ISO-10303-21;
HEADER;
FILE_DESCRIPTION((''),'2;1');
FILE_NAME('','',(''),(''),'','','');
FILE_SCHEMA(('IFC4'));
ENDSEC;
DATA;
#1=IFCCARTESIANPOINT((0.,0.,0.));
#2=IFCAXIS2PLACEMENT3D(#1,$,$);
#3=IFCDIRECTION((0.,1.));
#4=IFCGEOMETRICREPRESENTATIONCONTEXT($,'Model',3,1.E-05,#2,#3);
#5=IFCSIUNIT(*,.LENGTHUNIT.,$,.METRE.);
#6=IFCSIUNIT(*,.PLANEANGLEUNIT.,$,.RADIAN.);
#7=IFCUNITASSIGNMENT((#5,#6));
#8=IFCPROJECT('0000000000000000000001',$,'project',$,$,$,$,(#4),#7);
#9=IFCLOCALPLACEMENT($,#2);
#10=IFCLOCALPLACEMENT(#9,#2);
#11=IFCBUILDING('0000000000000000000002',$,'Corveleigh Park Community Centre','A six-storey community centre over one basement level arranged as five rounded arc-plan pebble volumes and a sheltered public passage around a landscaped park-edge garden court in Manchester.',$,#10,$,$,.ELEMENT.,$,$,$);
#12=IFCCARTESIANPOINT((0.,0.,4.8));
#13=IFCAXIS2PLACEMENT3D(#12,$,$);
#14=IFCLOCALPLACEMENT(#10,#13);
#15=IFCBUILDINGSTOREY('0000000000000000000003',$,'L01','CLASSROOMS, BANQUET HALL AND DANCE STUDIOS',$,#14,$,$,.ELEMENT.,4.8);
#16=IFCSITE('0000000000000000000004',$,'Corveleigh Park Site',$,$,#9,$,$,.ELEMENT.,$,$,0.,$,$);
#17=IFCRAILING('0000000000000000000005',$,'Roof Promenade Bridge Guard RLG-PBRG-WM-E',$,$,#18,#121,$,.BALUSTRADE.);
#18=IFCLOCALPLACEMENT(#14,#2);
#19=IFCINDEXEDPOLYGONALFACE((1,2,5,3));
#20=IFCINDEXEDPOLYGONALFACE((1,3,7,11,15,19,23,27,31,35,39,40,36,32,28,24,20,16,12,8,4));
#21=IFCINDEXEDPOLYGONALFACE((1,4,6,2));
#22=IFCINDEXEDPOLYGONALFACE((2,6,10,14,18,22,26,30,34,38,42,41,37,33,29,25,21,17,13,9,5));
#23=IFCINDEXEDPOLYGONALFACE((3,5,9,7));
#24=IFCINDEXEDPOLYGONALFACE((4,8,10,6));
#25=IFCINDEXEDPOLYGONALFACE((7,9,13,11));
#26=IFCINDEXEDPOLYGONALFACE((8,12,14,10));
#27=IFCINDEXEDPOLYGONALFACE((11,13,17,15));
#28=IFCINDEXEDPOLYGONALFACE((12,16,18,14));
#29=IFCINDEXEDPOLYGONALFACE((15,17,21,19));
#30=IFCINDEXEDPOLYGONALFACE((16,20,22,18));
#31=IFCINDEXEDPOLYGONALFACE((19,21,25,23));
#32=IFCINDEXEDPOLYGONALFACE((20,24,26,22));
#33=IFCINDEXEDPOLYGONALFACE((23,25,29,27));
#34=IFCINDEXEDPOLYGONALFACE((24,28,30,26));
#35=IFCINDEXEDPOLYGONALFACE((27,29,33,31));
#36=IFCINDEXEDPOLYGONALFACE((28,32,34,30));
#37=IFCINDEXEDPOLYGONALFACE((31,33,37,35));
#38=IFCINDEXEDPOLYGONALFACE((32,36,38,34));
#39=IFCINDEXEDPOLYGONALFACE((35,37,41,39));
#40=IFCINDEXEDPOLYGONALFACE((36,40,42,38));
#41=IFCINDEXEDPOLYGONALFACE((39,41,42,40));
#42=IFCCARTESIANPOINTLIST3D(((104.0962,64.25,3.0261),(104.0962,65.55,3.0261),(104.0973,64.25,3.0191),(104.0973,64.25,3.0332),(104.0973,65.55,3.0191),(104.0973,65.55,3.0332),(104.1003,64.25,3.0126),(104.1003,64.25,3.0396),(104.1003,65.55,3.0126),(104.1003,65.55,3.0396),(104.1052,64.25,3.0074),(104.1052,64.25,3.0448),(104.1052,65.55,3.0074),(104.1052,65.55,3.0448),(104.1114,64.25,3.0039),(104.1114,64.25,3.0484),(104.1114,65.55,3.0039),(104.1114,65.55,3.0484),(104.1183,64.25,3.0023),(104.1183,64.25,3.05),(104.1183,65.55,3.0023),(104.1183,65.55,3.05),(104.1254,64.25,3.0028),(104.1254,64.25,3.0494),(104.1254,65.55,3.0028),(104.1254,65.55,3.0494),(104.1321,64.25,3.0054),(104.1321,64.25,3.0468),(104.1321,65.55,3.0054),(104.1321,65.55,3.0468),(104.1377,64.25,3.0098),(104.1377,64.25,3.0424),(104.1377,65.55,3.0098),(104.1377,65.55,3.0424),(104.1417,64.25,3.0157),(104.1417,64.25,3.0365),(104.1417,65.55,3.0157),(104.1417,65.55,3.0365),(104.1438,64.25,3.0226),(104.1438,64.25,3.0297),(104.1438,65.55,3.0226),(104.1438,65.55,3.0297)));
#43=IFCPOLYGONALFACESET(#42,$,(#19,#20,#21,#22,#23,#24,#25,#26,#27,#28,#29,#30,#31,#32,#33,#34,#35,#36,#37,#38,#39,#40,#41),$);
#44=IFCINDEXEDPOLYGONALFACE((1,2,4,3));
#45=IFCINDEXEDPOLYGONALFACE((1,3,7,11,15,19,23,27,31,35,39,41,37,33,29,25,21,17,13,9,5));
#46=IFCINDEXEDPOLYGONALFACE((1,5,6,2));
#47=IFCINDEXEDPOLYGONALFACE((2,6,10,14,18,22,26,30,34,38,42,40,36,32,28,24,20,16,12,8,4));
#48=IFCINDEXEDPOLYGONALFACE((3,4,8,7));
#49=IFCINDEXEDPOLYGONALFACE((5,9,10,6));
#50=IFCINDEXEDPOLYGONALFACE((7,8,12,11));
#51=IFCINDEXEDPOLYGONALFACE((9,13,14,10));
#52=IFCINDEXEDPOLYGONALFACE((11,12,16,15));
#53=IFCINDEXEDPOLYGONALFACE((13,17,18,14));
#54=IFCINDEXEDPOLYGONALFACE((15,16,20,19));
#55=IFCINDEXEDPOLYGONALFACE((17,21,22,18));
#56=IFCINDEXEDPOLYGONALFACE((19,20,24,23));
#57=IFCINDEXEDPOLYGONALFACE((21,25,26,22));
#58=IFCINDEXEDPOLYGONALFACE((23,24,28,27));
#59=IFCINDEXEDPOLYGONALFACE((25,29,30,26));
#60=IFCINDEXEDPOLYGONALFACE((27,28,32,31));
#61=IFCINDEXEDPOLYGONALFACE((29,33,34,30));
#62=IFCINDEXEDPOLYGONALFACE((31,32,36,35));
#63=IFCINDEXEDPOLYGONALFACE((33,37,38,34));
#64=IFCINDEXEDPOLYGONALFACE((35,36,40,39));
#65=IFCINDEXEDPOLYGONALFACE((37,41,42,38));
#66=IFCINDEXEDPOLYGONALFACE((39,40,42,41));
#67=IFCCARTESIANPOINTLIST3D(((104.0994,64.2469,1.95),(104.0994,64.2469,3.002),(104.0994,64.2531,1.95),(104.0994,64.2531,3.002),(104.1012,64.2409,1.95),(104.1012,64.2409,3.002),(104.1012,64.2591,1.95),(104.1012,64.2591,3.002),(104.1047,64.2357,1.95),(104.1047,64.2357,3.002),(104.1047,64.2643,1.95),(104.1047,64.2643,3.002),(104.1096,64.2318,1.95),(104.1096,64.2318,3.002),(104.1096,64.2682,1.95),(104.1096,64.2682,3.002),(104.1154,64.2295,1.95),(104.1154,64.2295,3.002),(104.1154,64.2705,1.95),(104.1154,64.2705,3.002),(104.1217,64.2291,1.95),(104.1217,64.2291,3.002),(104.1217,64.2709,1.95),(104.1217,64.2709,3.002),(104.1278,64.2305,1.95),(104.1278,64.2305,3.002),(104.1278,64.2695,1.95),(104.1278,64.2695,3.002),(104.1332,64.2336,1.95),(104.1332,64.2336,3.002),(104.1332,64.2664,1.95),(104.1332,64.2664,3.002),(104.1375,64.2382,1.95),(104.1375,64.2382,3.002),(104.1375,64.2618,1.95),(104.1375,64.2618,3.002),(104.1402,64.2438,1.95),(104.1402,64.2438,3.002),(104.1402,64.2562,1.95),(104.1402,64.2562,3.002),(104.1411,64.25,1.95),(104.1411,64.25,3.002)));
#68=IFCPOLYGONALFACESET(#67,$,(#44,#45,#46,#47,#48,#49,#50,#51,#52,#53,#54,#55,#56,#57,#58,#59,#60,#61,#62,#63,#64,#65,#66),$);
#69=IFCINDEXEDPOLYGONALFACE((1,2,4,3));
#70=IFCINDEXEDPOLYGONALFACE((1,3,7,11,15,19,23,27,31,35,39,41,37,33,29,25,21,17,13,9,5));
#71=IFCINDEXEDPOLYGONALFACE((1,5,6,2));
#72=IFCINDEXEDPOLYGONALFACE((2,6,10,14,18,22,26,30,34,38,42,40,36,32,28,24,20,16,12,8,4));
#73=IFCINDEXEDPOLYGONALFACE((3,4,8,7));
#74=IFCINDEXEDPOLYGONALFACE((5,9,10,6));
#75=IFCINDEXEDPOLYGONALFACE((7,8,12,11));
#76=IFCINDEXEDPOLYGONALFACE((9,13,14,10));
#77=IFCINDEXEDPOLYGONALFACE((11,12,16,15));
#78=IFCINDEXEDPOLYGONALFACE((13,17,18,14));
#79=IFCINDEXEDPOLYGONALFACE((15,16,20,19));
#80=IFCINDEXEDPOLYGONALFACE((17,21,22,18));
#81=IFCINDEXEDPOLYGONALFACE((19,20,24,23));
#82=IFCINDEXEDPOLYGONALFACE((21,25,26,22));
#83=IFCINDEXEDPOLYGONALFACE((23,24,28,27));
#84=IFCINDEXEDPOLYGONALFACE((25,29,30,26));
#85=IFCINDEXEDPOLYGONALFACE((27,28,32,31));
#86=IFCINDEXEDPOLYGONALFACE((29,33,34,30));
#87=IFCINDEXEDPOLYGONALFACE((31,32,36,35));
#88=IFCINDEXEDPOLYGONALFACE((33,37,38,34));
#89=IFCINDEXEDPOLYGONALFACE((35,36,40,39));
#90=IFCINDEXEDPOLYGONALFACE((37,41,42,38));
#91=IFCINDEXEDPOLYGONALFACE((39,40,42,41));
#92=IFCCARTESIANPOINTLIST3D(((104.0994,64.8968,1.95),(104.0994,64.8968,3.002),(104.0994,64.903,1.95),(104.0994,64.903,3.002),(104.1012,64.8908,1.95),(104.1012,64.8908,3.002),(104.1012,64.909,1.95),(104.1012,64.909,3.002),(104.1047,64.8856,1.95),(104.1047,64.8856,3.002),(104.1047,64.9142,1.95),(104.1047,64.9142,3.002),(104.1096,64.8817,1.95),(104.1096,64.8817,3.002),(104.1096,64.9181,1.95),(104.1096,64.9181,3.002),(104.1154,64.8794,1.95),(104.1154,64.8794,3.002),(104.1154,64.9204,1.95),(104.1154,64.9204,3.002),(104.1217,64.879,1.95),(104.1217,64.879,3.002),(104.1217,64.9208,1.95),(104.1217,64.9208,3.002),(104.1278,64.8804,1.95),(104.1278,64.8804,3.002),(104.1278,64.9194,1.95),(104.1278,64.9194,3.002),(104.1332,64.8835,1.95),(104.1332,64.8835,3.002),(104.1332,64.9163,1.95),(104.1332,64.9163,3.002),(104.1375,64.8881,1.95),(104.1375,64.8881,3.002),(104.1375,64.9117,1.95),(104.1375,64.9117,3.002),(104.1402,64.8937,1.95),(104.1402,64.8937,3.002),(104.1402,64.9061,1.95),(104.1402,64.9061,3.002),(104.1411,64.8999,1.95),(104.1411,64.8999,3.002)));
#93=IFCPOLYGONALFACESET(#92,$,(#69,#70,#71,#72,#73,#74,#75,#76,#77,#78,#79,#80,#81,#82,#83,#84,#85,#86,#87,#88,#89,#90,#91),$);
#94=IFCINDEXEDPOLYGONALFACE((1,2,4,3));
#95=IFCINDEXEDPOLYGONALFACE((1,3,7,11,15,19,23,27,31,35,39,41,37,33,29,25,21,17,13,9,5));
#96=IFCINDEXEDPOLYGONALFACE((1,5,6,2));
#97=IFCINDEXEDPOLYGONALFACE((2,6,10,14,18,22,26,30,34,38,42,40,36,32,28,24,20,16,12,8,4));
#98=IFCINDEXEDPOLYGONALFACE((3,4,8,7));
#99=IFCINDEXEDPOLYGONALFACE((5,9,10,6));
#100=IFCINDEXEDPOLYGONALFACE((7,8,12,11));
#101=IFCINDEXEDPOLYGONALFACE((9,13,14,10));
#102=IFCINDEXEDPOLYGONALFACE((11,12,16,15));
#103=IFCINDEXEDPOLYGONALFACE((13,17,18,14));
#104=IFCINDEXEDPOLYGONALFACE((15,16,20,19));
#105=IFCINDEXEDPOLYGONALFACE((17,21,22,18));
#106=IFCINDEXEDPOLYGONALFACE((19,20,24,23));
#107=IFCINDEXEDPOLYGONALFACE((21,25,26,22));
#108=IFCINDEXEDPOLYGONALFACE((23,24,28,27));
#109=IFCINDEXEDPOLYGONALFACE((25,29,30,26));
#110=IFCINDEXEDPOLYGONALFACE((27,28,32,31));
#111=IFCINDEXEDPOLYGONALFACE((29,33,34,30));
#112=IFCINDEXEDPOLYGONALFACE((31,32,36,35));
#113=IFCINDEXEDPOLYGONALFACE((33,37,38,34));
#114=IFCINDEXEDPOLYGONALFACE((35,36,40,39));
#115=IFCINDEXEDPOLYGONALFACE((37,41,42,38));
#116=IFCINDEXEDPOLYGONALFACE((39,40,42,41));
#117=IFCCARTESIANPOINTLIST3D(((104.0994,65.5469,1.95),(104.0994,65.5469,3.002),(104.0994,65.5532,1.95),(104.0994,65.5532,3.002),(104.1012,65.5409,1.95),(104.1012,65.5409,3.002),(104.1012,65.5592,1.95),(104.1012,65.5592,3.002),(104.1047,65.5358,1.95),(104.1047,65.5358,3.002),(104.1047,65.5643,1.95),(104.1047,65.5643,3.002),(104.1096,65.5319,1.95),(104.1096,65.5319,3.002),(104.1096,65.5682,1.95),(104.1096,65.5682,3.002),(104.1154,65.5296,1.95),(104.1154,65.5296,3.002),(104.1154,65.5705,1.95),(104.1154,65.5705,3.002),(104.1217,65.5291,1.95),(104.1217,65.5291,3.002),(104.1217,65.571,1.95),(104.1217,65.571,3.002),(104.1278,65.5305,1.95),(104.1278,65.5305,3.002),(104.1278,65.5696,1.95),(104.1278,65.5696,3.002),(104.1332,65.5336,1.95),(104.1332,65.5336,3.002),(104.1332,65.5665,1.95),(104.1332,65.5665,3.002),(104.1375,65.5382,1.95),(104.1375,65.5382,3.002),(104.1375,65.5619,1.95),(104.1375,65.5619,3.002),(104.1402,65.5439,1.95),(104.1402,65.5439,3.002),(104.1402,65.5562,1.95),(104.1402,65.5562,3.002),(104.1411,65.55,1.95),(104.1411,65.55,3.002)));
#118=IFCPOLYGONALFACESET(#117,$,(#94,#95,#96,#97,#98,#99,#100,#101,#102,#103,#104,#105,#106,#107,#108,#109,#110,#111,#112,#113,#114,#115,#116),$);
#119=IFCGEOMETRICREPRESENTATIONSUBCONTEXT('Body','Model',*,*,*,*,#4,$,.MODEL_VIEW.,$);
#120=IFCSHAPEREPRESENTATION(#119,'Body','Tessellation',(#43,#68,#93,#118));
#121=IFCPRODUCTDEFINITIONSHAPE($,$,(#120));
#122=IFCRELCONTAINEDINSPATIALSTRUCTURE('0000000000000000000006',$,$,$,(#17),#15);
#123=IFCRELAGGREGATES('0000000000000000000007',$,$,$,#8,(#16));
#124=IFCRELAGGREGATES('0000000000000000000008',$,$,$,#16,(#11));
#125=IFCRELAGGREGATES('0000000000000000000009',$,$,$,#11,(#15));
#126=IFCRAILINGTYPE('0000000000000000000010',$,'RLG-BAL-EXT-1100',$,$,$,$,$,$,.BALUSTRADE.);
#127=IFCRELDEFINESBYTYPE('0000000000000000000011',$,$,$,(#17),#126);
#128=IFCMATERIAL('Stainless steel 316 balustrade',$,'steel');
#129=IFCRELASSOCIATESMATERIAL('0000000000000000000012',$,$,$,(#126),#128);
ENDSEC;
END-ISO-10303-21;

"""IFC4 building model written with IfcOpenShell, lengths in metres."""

from ifc_helpers import new_model, si_unit, direction, frame, origin, origin_2d, place, context, subcontext, project, spatial, circle, extrude, material, type_object, element, save


model = new_model("IFC4")

# Units and contexts
model_context = context("Model", 3, precision=1e-05, world=origin(), true_north=direction((0.0, 1.0)))
body_context = subcontext(model_context, "Body", "Model", "MODEL_VIEW")
ifc_project = project(units=[si_unit("LENGTHUNIT", "METRE"), si_unit("PLANEANGLEUNIT", "RADIAN")], contexts=[model_context])

# Site, building, storey
site_placement = place(None, origin())
site = spatial("IfcSite", under=ifc_project, at=site_placement, Name="Corveleigh Park Site", CompositionType="ELEMENT", RefElevation=0.0)
building_placement = place(site_placement, origin())
building = spatial("IfcBuilding", under=site, at=building_placement, Name="Corveleigh Park Community Centre", Description="A six-storey community centre over one basement level arranged as five rounded arc-plan pebble volumes and a sheltered public passage around a landscaped park-edge garden court in Manchester.", CompositionType="ELEMENT")
storey_placement = place(building_placement, frame((0.0, 0.0, 4.8)))
storey = spatial("IfcBuildingStorey", under=building, at=storey_placement, Name="L01", Description="CLASSROOMS, BANQUET HALL AND DANCE STUDIOS", CompositionType="ELEMENT", Elevation=4.8)

# Railing
ifc_material_1 = material(Name="Stainless steel 316 balustrade", Category="steel")
railing_type = type_object("IfcRailingType", Name="RLG-BAL-EXT-1100", PredefinedType="BALUSTRADE", material=ifc_material_1)
railing_1_placement = place(storey_placement, frame((104.1201, 64.25, 1.95)))
element("IfcRailing", 1, at=railing_1_placement, inside=storey, type_object=railing_type, Name="Roof Promenade Bridge Guard RLG-PBRG-WM-E", PredefinedType="BALUSTRADE", context=body_context, shape_type="SweptSolid", body=[
    extrude(circle(Radius=0.0239, at=origin_2d()), frame((0.0, 0.0, 1.0762), z_axis=(0.0, 1.0, 0.0), x_axis=(-1.0, 0.0, 0.0)), (0.0, 0.0, 1.0), 1.3),
    extrude(circle(Radius=0.021, at=origin_2d()), origin(), (0.0, 0.0, 1.0), 1.052),
    extrude(circle(Radius=0.021, at=origin_2d()), frame((0.0, 0.6499, 0.0)), (0.0, 0.0, 1.0), 1.052),
    extrude(circle(Radius=0.021, at=origin_2d()), frame((0.0, 1.3, 0.0)), (0.0, 0.0, 1.0), 1.052),
])

save(model, "model.ifc")
